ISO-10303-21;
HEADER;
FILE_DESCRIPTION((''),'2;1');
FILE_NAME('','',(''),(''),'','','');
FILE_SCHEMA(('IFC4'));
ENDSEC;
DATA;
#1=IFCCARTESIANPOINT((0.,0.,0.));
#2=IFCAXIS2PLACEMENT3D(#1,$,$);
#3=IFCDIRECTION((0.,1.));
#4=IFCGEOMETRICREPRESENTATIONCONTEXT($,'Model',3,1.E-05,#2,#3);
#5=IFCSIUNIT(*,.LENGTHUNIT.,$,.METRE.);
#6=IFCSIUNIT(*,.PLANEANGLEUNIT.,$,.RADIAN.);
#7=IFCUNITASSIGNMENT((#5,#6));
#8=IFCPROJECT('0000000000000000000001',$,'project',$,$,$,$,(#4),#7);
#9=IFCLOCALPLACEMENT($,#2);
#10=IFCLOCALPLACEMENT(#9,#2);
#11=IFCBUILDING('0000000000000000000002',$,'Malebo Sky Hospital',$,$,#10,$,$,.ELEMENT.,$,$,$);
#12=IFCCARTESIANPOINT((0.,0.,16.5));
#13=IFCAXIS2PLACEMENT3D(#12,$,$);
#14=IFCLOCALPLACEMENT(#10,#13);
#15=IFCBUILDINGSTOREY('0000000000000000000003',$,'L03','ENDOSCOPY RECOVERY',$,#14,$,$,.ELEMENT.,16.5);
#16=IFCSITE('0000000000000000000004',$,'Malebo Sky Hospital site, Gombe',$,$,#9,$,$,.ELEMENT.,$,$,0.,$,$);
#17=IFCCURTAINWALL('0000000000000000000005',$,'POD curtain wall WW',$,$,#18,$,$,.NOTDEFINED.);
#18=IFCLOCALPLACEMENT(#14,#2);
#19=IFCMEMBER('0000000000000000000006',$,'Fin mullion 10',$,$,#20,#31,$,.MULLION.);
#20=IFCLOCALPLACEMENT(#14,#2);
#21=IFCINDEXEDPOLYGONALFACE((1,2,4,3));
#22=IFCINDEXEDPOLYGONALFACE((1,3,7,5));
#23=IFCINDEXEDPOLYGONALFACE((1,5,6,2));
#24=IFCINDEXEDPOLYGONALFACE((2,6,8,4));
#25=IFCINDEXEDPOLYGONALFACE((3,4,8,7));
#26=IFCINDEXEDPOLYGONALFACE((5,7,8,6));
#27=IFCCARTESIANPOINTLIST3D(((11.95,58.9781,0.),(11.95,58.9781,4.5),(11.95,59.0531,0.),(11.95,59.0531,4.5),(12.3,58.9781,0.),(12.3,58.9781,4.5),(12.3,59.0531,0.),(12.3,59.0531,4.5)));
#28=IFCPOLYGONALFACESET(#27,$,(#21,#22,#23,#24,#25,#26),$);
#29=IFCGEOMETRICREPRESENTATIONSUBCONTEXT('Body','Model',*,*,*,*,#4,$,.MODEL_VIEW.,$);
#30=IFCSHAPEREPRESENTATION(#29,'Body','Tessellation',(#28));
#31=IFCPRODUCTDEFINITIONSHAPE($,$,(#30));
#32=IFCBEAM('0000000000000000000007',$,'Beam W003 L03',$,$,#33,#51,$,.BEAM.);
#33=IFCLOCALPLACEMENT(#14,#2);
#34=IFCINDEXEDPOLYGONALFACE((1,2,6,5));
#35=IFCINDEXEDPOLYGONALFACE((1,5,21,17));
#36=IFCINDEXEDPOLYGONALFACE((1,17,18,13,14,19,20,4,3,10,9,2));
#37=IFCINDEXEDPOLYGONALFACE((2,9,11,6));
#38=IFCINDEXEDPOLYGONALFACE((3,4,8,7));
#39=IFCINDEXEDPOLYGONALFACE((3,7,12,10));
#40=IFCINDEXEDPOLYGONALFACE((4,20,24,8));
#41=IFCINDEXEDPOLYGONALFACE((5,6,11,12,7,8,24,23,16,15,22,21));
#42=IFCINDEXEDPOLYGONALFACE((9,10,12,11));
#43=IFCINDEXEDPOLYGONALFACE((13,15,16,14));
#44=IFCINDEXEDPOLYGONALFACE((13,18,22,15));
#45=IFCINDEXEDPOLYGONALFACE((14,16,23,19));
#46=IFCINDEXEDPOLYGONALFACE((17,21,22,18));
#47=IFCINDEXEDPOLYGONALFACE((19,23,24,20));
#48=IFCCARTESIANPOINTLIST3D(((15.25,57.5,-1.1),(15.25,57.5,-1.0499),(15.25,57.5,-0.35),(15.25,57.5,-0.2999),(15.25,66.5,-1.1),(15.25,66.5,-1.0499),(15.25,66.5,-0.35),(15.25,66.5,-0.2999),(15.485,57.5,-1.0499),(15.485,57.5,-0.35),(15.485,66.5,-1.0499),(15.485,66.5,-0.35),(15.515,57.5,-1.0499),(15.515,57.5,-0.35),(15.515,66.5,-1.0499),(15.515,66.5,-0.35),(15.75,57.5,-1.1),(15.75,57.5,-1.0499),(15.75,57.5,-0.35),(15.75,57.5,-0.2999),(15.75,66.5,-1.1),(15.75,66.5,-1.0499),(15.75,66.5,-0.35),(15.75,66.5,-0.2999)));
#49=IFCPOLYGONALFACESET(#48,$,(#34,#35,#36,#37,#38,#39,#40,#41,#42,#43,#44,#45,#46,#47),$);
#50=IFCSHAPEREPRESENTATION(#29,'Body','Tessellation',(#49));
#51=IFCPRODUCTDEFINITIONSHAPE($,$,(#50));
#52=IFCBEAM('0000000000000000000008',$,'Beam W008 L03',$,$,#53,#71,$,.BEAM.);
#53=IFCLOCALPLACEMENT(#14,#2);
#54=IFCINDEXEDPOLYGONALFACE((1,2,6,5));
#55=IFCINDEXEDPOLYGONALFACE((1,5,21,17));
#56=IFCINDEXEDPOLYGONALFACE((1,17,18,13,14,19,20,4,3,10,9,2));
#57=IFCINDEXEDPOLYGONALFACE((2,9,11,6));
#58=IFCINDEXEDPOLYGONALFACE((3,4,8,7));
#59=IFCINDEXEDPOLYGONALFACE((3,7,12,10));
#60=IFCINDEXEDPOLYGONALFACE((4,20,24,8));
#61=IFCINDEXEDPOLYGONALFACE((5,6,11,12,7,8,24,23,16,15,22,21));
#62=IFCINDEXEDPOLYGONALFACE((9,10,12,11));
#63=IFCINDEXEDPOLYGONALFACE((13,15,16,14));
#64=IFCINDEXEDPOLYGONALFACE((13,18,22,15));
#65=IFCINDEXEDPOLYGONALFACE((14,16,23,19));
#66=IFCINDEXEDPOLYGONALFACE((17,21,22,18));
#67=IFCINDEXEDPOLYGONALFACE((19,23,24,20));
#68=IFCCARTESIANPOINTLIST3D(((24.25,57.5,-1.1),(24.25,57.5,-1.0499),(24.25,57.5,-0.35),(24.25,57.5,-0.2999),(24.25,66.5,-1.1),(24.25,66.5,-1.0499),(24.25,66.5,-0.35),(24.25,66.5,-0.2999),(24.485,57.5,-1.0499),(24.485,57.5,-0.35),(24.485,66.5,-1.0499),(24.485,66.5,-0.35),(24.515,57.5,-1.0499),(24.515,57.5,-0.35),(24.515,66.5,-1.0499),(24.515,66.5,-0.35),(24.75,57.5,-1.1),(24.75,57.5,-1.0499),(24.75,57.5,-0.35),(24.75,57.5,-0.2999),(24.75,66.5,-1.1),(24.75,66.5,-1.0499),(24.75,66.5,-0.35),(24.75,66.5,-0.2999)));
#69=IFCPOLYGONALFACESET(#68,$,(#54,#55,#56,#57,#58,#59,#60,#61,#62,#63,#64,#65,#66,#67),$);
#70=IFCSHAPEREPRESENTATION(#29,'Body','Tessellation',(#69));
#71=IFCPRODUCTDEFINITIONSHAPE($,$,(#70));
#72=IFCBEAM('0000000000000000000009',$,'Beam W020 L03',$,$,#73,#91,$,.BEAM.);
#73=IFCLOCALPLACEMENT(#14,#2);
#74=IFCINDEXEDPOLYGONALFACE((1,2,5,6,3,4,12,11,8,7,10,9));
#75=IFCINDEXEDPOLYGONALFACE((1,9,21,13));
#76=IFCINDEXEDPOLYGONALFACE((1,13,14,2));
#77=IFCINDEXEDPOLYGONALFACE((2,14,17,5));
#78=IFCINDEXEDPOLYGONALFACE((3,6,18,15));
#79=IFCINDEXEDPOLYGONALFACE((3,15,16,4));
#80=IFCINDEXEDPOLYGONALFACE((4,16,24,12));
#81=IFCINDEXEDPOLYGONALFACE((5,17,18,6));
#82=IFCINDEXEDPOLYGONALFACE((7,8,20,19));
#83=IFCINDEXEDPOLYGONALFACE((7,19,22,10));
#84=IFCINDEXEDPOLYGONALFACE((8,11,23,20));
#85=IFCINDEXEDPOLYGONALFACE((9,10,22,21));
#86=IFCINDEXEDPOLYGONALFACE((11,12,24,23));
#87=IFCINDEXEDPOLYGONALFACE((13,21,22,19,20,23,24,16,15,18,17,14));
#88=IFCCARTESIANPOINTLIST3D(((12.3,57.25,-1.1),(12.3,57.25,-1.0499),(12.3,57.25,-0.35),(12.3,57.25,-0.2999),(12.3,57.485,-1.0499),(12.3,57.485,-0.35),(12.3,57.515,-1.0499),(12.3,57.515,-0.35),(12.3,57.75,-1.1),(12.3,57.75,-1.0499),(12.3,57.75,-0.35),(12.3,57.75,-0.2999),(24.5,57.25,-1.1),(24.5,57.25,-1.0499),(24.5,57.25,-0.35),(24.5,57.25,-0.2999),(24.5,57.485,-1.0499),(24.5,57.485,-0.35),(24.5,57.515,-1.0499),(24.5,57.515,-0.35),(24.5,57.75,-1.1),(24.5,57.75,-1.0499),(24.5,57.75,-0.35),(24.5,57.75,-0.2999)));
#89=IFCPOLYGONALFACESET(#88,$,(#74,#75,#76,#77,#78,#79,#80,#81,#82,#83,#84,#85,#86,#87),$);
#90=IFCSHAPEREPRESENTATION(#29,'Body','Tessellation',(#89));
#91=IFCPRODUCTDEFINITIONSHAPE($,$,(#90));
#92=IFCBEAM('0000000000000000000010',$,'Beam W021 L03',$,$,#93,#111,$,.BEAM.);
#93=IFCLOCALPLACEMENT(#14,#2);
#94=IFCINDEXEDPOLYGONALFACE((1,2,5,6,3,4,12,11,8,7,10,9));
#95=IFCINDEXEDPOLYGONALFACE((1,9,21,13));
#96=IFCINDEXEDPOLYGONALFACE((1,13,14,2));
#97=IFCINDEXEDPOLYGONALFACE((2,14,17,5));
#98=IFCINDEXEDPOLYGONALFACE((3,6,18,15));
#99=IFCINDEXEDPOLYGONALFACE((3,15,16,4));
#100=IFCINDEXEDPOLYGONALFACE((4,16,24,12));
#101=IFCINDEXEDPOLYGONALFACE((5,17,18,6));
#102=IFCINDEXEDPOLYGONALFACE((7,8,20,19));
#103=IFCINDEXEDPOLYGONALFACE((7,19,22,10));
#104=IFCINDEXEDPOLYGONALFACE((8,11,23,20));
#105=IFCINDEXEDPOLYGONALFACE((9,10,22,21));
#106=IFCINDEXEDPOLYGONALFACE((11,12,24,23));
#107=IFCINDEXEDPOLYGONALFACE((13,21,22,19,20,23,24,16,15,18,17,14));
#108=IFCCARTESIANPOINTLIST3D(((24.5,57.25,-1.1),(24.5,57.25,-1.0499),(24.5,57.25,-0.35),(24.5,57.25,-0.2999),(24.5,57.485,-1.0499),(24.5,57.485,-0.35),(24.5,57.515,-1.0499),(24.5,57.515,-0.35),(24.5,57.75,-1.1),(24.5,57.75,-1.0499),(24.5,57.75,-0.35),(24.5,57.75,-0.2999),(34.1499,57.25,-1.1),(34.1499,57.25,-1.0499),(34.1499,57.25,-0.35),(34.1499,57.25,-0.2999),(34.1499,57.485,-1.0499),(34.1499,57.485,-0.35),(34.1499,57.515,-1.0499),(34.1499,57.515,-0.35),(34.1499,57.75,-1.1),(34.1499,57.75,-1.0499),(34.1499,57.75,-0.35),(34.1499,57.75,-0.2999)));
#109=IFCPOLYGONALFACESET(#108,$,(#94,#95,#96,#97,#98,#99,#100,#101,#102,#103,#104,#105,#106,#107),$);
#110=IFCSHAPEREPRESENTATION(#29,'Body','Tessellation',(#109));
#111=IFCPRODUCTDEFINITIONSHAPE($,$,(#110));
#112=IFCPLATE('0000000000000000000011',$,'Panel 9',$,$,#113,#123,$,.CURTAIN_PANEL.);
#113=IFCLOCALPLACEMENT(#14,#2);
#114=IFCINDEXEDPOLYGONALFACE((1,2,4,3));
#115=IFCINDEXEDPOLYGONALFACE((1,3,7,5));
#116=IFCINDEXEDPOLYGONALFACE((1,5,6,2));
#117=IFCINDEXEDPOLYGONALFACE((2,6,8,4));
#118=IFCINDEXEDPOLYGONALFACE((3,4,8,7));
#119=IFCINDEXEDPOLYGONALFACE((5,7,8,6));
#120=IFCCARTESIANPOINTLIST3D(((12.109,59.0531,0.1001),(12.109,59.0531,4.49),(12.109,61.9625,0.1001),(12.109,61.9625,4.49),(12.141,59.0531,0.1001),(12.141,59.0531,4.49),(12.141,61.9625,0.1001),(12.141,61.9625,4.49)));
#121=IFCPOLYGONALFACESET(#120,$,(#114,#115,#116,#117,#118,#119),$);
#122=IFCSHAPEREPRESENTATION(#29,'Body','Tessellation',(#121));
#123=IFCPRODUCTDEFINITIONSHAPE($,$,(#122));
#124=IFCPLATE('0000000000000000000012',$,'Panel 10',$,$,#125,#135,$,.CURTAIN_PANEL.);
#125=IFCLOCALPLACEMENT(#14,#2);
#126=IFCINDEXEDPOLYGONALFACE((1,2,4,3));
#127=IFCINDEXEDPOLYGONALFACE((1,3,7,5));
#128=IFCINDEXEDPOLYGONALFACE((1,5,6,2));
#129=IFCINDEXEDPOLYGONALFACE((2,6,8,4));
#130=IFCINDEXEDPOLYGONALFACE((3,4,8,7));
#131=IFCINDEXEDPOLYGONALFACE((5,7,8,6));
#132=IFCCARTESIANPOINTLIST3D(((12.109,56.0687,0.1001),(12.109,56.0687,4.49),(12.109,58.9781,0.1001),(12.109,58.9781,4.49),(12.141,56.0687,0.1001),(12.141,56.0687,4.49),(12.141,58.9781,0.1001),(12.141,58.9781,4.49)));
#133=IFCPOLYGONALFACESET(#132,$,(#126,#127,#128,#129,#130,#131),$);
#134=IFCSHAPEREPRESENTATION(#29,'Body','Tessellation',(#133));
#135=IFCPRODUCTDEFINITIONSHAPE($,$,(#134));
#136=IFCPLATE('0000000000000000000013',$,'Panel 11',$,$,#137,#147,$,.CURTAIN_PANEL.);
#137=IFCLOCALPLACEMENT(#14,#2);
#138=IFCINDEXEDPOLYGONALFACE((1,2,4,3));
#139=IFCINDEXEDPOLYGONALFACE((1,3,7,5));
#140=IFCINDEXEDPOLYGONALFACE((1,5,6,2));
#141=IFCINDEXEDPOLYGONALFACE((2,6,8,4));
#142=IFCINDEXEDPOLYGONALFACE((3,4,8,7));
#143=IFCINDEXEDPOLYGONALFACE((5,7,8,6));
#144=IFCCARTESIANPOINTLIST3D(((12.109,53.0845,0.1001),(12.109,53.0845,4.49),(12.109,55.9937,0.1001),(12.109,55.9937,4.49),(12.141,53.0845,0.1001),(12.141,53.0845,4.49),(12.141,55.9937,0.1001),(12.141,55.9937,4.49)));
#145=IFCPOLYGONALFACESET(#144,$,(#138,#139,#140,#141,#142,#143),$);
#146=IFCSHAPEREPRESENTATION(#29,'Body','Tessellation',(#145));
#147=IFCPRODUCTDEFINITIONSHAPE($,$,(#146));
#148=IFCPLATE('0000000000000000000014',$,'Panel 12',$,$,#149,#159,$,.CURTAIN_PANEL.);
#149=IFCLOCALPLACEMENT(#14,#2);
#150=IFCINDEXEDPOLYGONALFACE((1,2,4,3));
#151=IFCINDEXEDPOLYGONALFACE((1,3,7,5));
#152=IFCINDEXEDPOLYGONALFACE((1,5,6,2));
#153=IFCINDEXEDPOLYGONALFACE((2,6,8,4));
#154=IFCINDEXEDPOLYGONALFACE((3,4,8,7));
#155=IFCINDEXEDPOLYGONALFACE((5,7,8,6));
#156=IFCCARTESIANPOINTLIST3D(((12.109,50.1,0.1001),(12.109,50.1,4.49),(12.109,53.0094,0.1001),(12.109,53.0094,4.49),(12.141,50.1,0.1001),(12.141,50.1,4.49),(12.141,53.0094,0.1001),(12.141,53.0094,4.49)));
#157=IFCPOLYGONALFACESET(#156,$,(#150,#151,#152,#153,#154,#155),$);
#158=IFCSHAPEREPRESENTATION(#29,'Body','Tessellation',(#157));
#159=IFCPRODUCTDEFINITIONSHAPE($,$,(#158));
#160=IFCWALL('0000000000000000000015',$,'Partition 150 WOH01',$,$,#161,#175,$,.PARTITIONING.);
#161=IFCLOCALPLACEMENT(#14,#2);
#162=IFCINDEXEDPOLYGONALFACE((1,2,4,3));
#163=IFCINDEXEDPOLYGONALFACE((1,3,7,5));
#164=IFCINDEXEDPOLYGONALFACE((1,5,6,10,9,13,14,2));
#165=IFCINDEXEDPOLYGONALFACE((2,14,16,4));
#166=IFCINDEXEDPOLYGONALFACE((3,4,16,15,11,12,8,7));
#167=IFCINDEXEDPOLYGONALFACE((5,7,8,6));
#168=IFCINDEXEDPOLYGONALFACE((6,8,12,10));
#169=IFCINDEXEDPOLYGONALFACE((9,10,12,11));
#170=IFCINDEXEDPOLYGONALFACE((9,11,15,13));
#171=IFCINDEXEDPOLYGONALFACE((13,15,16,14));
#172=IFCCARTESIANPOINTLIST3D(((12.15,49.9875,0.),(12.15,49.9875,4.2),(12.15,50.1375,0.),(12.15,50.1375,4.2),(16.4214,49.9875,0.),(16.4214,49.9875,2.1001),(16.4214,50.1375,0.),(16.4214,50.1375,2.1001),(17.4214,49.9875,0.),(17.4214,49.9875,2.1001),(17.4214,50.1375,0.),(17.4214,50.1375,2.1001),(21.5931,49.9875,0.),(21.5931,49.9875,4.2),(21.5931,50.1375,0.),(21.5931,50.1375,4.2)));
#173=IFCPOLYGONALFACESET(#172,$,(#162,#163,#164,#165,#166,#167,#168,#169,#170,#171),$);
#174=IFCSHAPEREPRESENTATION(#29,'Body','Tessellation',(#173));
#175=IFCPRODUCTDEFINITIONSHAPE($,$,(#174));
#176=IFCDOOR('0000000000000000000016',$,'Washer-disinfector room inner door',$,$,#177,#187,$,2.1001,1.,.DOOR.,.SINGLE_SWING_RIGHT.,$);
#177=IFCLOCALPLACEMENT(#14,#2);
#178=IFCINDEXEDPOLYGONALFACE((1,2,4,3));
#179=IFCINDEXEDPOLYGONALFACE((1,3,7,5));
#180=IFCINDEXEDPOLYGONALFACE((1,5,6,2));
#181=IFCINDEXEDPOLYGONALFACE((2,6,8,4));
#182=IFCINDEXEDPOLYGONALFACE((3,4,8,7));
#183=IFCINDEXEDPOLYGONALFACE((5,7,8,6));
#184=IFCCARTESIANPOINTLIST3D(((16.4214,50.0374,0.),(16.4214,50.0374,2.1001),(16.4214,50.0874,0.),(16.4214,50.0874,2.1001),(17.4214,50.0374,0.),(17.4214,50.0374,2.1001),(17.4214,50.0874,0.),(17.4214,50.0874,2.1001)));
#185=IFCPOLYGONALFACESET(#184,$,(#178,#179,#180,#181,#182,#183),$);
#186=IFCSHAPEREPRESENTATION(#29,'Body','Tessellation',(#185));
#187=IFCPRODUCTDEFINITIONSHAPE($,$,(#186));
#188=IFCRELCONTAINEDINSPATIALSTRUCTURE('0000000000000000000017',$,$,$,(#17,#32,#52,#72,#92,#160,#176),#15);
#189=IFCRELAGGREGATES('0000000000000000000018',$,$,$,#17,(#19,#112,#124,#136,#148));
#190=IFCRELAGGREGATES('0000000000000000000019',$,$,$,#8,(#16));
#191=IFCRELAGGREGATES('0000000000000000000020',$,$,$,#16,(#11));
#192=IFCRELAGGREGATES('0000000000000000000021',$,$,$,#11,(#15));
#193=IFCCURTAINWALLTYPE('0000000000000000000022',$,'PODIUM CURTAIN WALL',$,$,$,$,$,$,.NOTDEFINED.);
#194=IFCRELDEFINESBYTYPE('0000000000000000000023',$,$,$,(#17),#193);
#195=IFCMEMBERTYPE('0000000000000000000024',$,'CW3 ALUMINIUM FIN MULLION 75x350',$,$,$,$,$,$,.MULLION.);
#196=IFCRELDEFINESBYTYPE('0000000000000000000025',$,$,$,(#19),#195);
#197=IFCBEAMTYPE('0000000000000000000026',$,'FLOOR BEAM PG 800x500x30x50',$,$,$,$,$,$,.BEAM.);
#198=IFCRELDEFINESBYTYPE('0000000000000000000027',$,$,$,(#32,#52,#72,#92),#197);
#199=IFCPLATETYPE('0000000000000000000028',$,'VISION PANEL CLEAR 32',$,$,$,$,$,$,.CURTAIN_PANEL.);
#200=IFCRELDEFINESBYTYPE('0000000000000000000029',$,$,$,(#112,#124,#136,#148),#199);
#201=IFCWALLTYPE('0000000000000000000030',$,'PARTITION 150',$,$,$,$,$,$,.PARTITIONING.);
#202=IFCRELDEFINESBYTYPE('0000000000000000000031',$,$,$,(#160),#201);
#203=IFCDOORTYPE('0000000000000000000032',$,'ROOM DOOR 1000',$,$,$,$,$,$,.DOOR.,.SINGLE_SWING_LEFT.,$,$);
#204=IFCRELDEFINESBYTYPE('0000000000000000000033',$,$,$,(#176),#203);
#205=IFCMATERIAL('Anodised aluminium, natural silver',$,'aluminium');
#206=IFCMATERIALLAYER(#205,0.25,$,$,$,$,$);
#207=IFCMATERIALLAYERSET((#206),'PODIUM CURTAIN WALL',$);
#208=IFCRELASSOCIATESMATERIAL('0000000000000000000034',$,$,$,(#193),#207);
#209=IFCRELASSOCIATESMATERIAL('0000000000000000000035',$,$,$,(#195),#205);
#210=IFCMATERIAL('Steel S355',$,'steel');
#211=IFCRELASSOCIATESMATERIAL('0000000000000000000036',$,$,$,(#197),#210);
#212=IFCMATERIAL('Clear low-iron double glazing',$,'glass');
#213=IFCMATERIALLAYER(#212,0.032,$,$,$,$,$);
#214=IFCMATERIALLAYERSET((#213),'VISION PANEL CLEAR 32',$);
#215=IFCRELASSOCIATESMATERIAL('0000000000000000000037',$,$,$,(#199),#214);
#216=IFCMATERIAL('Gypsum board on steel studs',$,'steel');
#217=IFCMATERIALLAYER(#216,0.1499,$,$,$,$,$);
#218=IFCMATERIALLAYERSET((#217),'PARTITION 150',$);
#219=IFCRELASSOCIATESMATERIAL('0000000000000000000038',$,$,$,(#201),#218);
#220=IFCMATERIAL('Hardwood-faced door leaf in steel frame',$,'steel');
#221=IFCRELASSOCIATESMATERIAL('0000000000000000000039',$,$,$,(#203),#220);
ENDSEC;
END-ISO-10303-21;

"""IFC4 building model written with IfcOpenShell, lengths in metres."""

from ifc_helpers import new_model, si_unit, direction, frame, frame_2d, origin, origin_2d, place, context, subcontext, project, spatial, rectangle, i_section, extrude, material, layer, layer_set, material_profile, profile_set, type_object, element, fill, aggregate, save


model = new_model("IFC4")

# Units and contexts
model_context = context("Model", 3, precision=1e-05, world=origin(), true_north=direction((0.0, 1.0)))
body_context = subcontext(model_context, "Body", "Model", "MODEL_VIEW")
ifc_project = project(units=[si_unit("LENGTHUNIT", "METRE"), si_unit("PLANEANGLEUNIT", "RADIAN")], contexts=[model_context])

# Site, building, storey
site_placement = place(None, origin())
site = spatial("IfcSite", under=ifc_project, at=site_placement, Name="Malebo Sky Hospital site, Gombe", CompositionType="ELEMENT", RefElevation=0.0)
building_placement = place(site_placement, origin())
building = spatial("IfcBuilding", under=site, at=building_placement, Name="Malebo Sky Hospital", CompositionType="ELEMENT")
storey_placement = place(building_placement, frame((0.0, 0.0, 16.5)))
storey = spatial("IfcBuildingStorey", under=building, at=storey_placement, Name="L03", Description="ENDOSCOPY RECOVERY", CompositionType="ELEMENT", Elevation=16.5)

# Shared definitions
ifc_material_1 = material(Name="Steel S355", Category="steel")

# Curtain wall, member
ifc_material_2 = material(Name="Anodised aluminium, natural silver", Category="aluminium")
ifc_layer_1 = layer(ifc_material_2, 0.25)
ifc_layer_set_1 = layer_set([ifc_layer_1], Name="PODIUM CURTAIN WALL")
curtain_wall_type = type_object("IfcCurtainWallType", Name="PODIUM CURTAIN WALL", PredefinedType="NOTDEFINED", material=ifc_layer_set_1)
curtain_wall_placement = place(storey_placement, origin())
curtain_wall = element("IfcCurtainWall", 1, at=curtain_wall_placement, inside=storey, type_object=curtain_wall_type, Name="POD curtain wall WW", PredefinedType="NOTDEFINED")
ifc_material_profile_1 = material_profile(ifc_material_2, rectangle(XDim=0.075, YDim=0.3501, at=origin_2d()), Name="CW3 ALUMINIUM FIN MULLION 75x350")
ifc_profile_set_1 = profile_set([ifc_material_profile_1], Name="Anodised aluminium, natural silver")
member_type_1 = type_object("IfcMemberType", Name="CW3 ALUMINIUM FIN MULLION 75x350", PredefinedType="MULLION", material=ifc_profile_set_1)
member_1_placement = place(storey_placement, frame((12.125, 59.0156, 0.0), z_axis=(0.0, 0.0, 1.0), x_axis=(0.0, -1.0, 0.0)))
member_1 = element("IfcMember", 2, at=member_1_placement, type_object=member_type_1, Name="Fin mullion 10", PredefinedType="MULLION", context=body_context, shape_type="SweptSolid", body=[
    extrude(rectangle(XDim=0.075, YDim=0.3501, at=origin_2d()), origin(), (0.0, 0.0, 1.0), 4.5),
])

# Beams
ifc_material_profile_2 = material_profile(ifc_material_1, i_section(OverallWidth=0.5, OverallDepth=0.8, WebThickness=0.03, FlangeThickness=0.05, at=origin_2d()), Name="PG 800x500x30x50")
ifc_profile_set_2 = profile_set([ifc_material_profile_2], Name="Steel S355")
beam_type = type_object("IfcBeamType", Name="FLOOR BEAM PG 800x500x30x50", PredefinedType="BEAM", material=ifc_profile_set_2)
for number, where, z_axis, x_axis, name in (
    (3, (15.5, 57.5, -0.7), (0.0, 1.0, 0.0), (-1.0, 0.0, 0.0), "Beam W003 L03"),
    (4, (24.5, 57.5, -0.7), (0.0, 1.0, 0.0), (-1.0, 0.0, 0.0), "Beam W008 L03"),
):
    element("IfcBeam", number, at=place(storey_placement, frame(where, z_axis=z_axis, x_axis=x_axis)), inside=storey, type_object=beam_type, Name=name, PredefinedType="BEAM", context=body_context, shape_type="SweptSolid", body=[
        extrude(i_section(OverallWidth=0.5, OverallDepth=0.8, WebThickness=0.03, FlangeThickness=0.05, at=origin_2d()), origin(), (0.0, 0.0, 1.0), 9.0),
    ])
beam_1_placement = place(storey_placement, frame((12.3, 57.5, -0.7), z_axis=(1.0, 0.0, 0.0), x_axis=(0.0, 1.0, 0.0)))
element("IfcBeam", 5, at=beam_1_placement, inside=storey, type_object=beam_type, Name="Beam W020 L03", PredefinedType="BEAM", context=body_context, shape_type="SweptSolid", body=[
    extrude(i_section(OverallWidth=0.5, OverallDepth=0.8, WebThickness=0.03, FlangeThickness=0.05, at=origin_2d()), origin(), (0.0, 0.0, 1.0), 12.2),
])
beam_2_placement = place(storey_placement, frame((24.5, 57.5, -0.7), z_axis=(1.0, 0.0, 0.0), x_axis=(0.0, 1.0, 0.0)))
element("IfcBeam", 6, at=beam_2_placement, inside=storey, type_object=beam_type, Name="Beam W021 L03", PredefinedType="BEAM", context=body_context, shape_type="SweptSolid", body=[
    extrude(i_section(OverallWidth=0.5, OverallDepth=0.8, WebThickness=0.03, FlangeThickness=0.05, at=origin_2d()), origin(), (0.0, 0.0, 1.0), 9.6499),
])

# Plates
ifc_material_3 = material(Name="Clear low-iron double glazing", Category="glass")
ifc_layer_2 = layer(ifc_material_3, 0.032)
ifc_layer_set_2 = layer_set([ifc_layer_2], Name="VISION PANEL CLEAR 32")
plate_type = type_object("IfcPlateType", Name="VISION PANEL CLEAR 32", PredefinedType="CURTAIN_PANEL", material=ifc_layer_set_2)
plate_1_placement = place(storey_placement, frame((12.125, 60.5078, 0.1001), z_axis=(0.0, 0.0, 1.0), x_axis=(0.0, -1.0, 0.0)))
plate_1 = element("IfcPlate", 7, at=plate_1_placement, type_object=plate_type, Name="Panel 9", PredefinedType="CURTAIN_PANEL", context=body_context, shape_type="SweptSolid", body=[
    extrude(rectangle(XDim=2.9094, YDim=0.032, at=origin_2d()), origin(), (0.0, 0.0, 1.0), 4.3899),
])
plate_2_placement = place(storey_placement, frame((12.125, 57.5234, 0.1001), z_axis=(0.0, 0.0, 1.0), x_axis=(0.0, -1.0, 0.0)))
plate_2 = element("IfcPlate", 8, at=plate_2_placement, type_object=plate_type, Name="Panel 10", PredefinedType="CURTAIN_PANEL", context=body_context, shape_type="SweptSolid", body=[
    extrude(rectangle(XDim=2.9094, YDim=0.032, at=origin_2d()), origin(), (0.0, 0.0, 1.0), 4.3899),
])
plate_3_placement = place(storey_placement, frame((12.125, 54.5391, 0.1001), z_axis=(0.0, 0.0, 1.0), x_axis=(0.0, -1.0, 0.0)))
plate_3 = element("IfcPlate", 9, at=plate_3_placement, type_object=plate_type, Name="Panel 11", PredefinedType="CURTAIN_PANEL", context=body_context, shape_type="SweptSolid", body=[
    extrude(rectangle(XDim=2.9092, YDim=0.032, at=origin_2d()), origin(), (0.0, 0.0, 1.0), 4.3899),
])
plate_4_placement = place(storey_placement, frame((12.125, 51.5547, 0.1001), z_axis=(0.0, 0.0, 1.0), x_axis=(0.0, -1.0, 0.0)))
plate_4 = element("IfcPlate", 10, at=plate_4_placement, type_object=plate_type, Name="Panel 12", PredefinedType="CURTAIN_PANEL", context=body_context, shape_type="SweptSolid", body=[
    extrude(rectangle(XDim=2.9094, YDim=0.032, at=origin_2d()), origin(), (0.0, 0.0, 1.0), 4.3899),
])
aggregate(curtain_wall, [member_1, plate_1, plate_2, plate_3, plate_4])

# Wall, opening, door
ifc_material_4 = material(Name="Gypsum board on steel studs", Category="steel")
ifc_layer_3 = layer(ifc_material_4, 0.1499)
ifc_layer_set_3 = layer_set([ifc_layer_3], Name="PARTITION 150")
wall_type_1 = type_object("IfcWallType", Name="PARTITION 150", PredefinedType="PARTITIONING", material=ifc_layer_set_3)
wall_1_placement = place(storey_placement, frame((12.1499, 50.0625, 0.0), z_axis=(0.0, 0.0, 1.0), x_axis=(1.0, 0.0, 0.0)))
wall_1 = element("IfcWall", 11, at=wall_1_placement, inside=storey, type_object=wall_type_1, Name="Partition 150 WOH01", PredefinedType="PARTITIONING", context=body_context, shape_type="SweptSolid", body=[
    extrude(rectangle(XDim=9.4431, YDim=0.1499, at=frame_2d((4.7217, 0.0))), origin(), (0.0, 0.0, 1.0), 4.2),
])
opening_placement = place(wall_1_placement, frame((4.2715, 0.0, 0.0)))
opening = element("IfcOpeningElement", 12, at=opening_placement, cuts=wall_1, PredefinedType="OPENING", context=body_context, shape_type="SweptSolid", body=[
    extrude(rectangle(XDim=1.0, YDim=2.1001, at=frame_2d((0.5, 1.05))), frame((0.0, 0.085, 0.0), z_axis=(0.0, -1.0, 0.0), x_axis=(1.0, 0.0, 0.0)), (0.0, 0.0, 1.0), 0.1699),
])
ifc_material_5 = material(Name="Hardwood-faced door leaf in steel frame", Category="steel")
door_type = type_object("IfcDoorType", Name="ROOM DOOR 1000", OperationType="SINGLE_SWING_LEFT", PredefinedType="DOOR", material=ifc_material_5)
door_placement = place(opening_placement, origin())
door = element("IfcDoor", 13, at=door_placement, inside=storey, type_object=door_type, Name="Washer-disinfector room inner door", OperationType="SINGLE_SWING_RIGHT", OverallHeight=2.1001, OverallWidth=1.0, PredefinedType="DOOR", context=body_context, shape_type="SweptSolid", body=[
    extrude(rectangle(XDim=1.0, YDim=2.1001, at=frame_2d((0.5, 1.05))), frame((0.0, 0.0249, 0.0), z_axis=(0.0, -1.0, 0.0), x_axis=(1.0, 0.0, 0.0)), (0.0, 0.0, 1.0), 0.05),
])
fill(opening, door)

save(model, "model.ifc")
